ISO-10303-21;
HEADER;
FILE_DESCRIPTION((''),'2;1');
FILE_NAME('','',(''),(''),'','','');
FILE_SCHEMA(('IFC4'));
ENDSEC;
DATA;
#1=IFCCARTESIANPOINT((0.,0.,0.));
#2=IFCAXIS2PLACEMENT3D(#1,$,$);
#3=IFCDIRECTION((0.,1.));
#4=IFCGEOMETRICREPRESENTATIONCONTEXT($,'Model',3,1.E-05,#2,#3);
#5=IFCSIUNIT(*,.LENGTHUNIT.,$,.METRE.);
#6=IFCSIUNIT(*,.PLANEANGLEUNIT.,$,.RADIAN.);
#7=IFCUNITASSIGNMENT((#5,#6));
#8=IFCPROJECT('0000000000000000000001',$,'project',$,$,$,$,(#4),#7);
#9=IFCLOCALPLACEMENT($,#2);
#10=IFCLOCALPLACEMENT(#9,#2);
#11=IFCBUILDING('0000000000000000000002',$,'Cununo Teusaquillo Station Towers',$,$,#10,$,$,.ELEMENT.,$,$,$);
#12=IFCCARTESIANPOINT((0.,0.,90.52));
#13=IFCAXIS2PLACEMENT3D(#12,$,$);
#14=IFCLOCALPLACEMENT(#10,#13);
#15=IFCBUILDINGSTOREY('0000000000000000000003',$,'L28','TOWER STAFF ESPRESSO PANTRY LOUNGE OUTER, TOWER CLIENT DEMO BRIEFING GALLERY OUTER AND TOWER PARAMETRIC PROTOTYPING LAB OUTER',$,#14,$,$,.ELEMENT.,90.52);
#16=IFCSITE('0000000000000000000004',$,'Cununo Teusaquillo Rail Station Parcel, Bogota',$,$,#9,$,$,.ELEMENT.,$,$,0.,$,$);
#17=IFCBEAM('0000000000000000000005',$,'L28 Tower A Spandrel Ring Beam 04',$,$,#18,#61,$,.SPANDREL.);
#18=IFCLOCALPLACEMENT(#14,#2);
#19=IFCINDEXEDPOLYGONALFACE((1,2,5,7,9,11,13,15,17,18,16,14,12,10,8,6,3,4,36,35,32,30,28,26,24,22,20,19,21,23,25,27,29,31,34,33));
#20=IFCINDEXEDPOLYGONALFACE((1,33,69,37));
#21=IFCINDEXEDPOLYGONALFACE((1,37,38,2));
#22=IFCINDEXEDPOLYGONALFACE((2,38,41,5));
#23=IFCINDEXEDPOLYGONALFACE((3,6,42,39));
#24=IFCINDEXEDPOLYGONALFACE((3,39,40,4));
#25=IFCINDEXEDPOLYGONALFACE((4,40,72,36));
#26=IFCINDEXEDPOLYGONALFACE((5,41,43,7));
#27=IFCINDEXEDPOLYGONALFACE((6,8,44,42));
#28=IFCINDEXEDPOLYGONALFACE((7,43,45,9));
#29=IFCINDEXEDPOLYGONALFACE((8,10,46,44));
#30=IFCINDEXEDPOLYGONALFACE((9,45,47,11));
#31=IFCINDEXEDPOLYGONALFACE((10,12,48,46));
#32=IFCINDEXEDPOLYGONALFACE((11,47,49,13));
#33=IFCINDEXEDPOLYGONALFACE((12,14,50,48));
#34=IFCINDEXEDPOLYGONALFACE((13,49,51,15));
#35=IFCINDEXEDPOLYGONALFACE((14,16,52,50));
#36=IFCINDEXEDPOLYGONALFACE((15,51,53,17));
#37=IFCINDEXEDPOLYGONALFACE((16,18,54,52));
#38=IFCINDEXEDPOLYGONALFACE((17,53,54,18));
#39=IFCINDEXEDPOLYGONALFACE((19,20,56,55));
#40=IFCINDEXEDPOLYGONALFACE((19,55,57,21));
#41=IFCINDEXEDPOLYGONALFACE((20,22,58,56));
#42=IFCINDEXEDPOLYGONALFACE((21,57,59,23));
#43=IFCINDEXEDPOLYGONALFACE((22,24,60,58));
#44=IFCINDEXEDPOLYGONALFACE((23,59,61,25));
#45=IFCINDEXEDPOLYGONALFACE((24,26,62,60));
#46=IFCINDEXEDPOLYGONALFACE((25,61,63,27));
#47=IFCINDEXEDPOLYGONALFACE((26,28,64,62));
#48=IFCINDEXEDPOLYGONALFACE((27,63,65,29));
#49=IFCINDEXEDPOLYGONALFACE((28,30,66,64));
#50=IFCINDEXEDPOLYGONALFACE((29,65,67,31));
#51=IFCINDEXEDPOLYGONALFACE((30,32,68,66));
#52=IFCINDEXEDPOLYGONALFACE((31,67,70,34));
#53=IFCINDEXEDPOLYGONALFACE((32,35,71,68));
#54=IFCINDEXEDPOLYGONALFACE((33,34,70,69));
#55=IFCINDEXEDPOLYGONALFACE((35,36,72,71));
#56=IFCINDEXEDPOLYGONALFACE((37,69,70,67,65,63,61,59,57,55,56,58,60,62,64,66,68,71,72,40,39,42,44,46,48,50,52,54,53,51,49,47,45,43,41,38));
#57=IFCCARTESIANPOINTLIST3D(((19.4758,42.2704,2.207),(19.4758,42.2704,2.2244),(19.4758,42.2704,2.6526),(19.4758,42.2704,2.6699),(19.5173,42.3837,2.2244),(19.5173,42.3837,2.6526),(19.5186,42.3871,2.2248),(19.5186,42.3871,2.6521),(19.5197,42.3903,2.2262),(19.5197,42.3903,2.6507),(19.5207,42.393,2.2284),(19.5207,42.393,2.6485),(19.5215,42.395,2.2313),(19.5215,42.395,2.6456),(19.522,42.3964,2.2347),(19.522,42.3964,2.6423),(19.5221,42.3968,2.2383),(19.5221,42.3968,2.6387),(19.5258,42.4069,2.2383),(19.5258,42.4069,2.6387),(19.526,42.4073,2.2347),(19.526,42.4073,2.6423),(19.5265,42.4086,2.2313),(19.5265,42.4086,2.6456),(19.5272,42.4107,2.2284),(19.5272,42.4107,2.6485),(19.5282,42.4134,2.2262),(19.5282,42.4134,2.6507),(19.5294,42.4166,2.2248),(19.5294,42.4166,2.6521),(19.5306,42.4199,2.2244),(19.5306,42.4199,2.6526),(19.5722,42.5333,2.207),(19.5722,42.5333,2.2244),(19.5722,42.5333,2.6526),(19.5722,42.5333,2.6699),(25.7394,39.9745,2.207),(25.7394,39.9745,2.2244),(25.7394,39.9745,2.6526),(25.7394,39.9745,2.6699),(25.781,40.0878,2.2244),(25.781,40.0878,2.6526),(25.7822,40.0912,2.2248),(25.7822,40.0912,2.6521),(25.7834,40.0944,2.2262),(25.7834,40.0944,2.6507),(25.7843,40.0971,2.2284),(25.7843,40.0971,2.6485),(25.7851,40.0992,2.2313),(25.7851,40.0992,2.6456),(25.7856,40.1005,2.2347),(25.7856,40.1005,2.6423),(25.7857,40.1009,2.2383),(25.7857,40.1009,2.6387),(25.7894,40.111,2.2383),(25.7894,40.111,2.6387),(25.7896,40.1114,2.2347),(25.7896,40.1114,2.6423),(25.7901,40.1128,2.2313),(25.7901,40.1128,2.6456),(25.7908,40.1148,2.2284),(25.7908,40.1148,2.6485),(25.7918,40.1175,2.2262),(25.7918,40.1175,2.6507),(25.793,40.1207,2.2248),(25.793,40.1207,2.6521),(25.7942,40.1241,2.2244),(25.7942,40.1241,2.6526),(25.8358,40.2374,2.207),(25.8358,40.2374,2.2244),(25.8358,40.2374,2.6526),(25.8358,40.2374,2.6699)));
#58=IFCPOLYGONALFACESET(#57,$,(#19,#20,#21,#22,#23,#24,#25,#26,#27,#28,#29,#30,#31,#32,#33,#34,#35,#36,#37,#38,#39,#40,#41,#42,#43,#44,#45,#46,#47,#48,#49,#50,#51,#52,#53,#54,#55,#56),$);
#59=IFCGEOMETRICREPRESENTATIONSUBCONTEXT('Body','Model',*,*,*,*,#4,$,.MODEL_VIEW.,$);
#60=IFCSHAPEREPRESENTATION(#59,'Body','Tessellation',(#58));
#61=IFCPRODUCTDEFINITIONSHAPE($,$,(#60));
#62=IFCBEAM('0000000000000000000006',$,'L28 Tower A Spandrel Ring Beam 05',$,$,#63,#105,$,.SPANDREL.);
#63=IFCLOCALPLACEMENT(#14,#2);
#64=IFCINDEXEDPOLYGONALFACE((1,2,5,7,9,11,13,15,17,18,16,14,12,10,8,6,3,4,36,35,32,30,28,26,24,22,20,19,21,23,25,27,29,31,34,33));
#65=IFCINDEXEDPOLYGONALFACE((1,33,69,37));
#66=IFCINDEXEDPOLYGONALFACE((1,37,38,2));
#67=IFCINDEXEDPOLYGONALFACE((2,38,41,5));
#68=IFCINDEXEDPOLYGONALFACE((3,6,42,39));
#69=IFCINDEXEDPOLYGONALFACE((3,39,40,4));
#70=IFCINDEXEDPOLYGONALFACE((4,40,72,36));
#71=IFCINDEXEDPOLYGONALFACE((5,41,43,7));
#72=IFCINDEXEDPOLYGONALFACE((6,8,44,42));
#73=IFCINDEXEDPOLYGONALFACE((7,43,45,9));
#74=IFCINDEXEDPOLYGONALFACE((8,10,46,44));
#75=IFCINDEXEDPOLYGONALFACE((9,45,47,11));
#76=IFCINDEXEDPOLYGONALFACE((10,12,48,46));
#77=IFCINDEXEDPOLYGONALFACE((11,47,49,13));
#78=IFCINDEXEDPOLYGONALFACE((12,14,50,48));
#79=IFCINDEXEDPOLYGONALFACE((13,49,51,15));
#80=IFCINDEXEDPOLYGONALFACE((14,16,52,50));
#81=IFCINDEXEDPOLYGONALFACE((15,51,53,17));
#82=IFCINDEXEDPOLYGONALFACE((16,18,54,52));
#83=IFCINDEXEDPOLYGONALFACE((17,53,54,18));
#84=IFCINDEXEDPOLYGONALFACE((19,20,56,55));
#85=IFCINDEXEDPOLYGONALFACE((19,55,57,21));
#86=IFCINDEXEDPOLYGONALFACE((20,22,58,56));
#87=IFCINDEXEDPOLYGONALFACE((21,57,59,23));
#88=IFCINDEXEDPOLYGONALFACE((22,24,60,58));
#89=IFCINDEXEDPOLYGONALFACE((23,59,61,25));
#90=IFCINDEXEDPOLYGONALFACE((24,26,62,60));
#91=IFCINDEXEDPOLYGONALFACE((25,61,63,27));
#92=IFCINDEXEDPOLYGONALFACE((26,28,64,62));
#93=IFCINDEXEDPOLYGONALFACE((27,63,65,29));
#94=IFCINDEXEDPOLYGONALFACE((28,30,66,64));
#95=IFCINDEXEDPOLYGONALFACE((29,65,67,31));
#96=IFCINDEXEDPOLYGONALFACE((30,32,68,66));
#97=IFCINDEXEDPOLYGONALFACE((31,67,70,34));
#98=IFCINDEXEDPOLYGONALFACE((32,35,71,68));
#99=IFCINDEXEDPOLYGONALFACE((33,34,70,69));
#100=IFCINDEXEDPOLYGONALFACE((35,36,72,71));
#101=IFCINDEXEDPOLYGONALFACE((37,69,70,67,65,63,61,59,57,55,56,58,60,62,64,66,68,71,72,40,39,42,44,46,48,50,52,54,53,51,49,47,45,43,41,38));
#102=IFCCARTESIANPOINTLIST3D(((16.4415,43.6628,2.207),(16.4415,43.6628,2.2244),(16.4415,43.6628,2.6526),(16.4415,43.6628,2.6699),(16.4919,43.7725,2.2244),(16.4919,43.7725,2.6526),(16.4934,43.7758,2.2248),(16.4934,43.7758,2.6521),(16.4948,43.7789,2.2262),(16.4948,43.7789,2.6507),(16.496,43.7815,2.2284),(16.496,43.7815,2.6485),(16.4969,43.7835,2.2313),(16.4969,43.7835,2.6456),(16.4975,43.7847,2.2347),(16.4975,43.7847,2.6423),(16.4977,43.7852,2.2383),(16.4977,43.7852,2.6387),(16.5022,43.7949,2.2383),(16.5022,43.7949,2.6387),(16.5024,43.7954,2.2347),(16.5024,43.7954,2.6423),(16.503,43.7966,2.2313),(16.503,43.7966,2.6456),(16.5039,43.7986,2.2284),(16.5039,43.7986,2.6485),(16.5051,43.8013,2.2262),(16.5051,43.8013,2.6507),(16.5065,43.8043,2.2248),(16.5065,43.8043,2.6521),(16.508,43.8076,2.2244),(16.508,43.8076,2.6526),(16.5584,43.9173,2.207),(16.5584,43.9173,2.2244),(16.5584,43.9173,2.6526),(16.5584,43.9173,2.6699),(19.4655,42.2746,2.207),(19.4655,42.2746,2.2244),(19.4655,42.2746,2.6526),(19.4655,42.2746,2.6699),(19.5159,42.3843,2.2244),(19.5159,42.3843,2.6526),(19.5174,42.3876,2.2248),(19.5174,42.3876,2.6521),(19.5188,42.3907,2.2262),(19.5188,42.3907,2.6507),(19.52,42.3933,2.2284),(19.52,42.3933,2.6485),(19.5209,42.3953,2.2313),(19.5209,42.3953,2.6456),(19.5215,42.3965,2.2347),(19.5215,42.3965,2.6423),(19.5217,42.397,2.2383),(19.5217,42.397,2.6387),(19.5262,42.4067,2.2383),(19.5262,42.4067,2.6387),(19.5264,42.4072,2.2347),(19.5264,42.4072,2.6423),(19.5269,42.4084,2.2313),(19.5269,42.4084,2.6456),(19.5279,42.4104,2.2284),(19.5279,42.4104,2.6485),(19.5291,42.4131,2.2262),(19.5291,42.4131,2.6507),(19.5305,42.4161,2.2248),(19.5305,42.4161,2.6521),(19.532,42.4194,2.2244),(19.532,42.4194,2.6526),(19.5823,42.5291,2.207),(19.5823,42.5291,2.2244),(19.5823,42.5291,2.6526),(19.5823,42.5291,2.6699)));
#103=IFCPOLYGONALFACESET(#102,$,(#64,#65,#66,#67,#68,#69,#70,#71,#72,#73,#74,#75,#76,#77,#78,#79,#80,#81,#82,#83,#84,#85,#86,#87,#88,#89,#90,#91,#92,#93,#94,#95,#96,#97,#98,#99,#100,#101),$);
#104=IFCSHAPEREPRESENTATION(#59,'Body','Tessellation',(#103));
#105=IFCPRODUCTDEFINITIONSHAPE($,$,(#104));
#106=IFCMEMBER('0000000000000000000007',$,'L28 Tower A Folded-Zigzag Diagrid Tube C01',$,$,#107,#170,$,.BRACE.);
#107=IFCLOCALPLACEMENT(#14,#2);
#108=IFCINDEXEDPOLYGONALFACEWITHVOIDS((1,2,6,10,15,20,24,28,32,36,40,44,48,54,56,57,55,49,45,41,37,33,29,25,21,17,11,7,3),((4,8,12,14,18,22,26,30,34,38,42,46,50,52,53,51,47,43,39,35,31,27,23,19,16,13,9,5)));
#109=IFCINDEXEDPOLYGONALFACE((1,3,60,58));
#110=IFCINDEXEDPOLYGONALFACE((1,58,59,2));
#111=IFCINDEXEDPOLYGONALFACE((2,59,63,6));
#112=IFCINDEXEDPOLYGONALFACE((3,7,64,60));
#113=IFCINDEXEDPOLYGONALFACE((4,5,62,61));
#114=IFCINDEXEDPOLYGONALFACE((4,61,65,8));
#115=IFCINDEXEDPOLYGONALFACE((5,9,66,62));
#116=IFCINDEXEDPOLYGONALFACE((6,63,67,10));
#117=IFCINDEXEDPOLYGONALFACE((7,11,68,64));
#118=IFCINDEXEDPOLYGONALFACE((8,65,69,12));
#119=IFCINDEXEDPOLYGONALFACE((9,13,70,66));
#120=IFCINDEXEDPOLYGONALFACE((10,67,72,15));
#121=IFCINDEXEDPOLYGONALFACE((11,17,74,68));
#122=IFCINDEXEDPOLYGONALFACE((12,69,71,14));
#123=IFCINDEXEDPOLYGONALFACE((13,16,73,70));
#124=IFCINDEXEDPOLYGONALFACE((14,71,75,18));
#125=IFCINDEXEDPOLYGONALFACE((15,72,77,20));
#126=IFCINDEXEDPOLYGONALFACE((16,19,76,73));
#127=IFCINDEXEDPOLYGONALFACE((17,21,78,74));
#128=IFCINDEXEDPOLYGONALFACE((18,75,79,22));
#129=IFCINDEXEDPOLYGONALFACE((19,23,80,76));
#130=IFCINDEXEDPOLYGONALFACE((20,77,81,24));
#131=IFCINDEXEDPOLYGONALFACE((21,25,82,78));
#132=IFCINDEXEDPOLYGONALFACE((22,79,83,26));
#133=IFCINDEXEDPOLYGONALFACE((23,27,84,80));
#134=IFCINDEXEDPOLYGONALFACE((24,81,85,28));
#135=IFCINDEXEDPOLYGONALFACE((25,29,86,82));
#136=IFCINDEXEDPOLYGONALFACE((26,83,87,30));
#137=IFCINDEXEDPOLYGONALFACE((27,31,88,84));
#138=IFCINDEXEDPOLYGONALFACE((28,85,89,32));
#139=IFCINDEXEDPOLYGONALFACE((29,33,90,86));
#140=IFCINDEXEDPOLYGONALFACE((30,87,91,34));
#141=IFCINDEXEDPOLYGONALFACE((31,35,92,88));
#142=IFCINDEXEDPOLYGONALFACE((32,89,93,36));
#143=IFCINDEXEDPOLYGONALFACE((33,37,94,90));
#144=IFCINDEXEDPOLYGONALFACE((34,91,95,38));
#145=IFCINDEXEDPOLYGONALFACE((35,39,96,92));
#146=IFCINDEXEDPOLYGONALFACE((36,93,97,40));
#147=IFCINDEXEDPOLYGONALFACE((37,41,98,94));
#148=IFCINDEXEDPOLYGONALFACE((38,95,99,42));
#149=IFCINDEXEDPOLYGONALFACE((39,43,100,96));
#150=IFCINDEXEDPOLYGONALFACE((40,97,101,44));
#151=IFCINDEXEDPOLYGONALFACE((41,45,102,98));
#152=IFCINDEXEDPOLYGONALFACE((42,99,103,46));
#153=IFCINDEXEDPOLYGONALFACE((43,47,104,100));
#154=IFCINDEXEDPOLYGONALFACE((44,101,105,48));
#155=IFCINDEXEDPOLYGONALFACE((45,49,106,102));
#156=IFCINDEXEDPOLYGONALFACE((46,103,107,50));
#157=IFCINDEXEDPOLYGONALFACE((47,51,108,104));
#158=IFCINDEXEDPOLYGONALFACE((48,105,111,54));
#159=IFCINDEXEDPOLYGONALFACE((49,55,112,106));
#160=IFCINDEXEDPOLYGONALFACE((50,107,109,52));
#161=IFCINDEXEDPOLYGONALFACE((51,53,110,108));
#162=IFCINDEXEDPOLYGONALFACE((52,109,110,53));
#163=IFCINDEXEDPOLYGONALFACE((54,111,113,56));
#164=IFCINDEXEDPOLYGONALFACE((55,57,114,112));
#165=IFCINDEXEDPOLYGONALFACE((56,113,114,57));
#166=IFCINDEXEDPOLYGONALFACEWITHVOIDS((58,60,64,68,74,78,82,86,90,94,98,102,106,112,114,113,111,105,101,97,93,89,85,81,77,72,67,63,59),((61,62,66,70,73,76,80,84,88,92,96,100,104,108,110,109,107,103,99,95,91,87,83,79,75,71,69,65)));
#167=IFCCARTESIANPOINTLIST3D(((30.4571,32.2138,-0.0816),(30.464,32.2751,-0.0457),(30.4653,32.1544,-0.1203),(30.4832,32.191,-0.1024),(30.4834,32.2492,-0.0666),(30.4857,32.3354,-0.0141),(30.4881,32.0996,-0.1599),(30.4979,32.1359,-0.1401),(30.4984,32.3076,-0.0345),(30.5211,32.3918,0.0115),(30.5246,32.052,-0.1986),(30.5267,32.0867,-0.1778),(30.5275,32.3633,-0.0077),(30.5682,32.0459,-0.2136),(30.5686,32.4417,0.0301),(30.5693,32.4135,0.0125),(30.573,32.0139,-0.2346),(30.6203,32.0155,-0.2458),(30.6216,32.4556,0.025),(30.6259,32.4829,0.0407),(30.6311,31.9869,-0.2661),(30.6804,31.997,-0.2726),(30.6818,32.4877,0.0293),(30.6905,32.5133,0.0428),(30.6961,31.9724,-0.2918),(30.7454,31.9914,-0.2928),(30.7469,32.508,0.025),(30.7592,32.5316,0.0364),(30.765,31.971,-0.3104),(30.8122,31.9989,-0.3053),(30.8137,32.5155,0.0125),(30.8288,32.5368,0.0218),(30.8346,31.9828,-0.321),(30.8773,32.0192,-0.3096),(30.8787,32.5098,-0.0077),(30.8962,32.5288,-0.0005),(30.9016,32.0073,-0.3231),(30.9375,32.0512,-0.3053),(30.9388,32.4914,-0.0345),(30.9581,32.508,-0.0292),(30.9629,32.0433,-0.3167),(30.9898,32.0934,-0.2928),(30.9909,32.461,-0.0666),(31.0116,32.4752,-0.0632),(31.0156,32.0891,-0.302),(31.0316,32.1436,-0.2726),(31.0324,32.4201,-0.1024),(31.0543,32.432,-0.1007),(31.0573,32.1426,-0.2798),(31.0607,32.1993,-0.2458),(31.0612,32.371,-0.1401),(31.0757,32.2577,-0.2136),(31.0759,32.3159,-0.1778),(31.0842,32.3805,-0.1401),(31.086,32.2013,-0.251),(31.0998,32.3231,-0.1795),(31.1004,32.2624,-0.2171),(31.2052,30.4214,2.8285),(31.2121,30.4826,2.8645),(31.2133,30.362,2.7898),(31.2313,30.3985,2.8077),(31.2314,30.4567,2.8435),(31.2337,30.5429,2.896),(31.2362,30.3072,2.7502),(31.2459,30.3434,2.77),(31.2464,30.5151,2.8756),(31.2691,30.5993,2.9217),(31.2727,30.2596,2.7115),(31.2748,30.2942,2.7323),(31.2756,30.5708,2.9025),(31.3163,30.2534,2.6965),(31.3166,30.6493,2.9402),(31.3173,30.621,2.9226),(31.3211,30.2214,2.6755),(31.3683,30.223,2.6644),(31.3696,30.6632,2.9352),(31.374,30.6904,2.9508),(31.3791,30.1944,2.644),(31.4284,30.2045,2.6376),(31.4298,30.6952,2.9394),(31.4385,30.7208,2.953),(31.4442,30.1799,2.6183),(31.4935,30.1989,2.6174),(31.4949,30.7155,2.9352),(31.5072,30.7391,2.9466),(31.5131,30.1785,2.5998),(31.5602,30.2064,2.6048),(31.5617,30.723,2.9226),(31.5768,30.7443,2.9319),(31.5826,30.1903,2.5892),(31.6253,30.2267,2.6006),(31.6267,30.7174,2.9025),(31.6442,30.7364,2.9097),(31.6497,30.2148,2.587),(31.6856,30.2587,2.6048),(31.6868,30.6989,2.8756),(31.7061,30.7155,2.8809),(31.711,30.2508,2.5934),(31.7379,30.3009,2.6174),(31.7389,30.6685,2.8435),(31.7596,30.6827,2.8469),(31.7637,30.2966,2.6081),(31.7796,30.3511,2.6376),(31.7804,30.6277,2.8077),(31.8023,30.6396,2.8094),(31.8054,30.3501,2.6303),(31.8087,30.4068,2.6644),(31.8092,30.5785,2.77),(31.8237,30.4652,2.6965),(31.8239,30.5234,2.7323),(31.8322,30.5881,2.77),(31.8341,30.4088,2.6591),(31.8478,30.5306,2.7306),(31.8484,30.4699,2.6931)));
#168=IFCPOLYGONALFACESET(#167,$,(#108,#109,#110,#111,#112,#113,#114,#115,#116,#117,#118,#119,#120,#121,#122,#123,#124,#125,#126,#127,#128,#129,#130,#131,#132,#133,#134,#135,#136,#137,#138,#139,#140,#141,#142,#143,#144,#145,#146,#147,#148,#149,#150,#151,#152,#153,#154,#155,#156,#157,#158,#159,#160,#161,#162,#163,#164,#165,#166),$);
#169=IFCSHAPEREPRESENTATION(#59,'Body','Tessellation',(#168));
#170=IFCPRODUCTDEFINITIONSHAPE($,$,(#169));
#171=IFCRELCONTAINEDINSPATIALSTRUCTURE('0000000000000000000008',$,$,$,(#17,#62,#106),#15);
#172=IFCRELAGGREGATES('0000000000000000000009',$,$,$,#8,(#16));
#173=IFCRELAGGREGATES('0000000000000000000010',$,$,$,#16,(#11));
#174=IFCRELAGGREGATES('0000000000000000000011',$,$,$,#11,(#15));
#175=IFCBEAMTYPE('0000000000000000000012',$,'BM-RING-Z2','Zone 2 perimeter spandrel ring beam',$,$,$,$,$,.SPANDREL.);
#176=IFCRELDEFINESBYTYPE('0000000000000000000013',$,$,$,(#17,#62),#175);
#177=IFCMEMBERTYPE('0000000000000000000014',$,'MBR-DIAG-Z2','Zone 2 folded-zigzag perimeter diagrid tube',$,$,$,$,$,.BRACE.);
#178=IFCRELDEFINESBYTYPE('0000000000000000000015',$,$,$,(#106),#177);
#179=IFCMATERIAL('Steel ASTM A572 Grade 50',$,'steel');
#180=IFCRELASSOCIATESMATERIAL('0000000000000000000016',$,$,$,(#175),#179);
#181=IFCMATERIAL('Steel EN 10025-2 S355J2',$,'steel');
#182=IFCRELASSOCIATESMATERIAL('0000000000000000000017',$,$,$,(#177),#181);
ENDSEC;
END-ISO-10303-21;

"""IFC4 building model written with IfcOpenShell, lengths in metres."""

from ifc_helpers import new_model, si_unit, direction, frame, origin, origin_2d, place, context, subcontext, project, spatial, hollow_circle, i_section, extrude, material, material_profile, profile_set, type_object, element, save


model = new_model("IFC4")

# Units and contexts
model_context = context("Model", 3, precision=1e-05, world=origin(), true_north=direction((0.0, 1.0)))
body_context = subcontext(model_context, "Body", "Model", "MODEL_VIEW")
ifc_project = project(units=[si_unit("LENGTHUNIT", "METRE"), si_unit("PLANEANGLEUNIT", "RADIAN")], contexts=[model_context])

# Site, building, storey
site_placement = place(None, origin())
site = spatial("IfcSite", under=ifc_project, at=site_placement, Name="Cununo Teusaquillo Rail Station Parcel, Bogota", CompositionType="ELEMENT", RefElevation=0.0)
building_placement = place(site_placement, origin())
building = spatial("IfcBuilding", under=site, at=building_placement, Name="Cununo Teusaquillo Station Towers", CompositionType="ELEMENT")
storey_placement = place(building_placement, frame((0.0, 0.0, 90.52)))
storey = spatial("IfcBuildingStorey", under=building, at=storey_placement, Name="L28", Description="TOWER STAFF ESPRESSO PANTRY LOUNGE OUTER, TOWER CLIENT DEMO BRIEFING GALLERY OUTER AND TOWER PARAMETRIC PROTOTYPING LAB OUTER", CompositionType="ELEMENT", Elevation=90.52)

# Beams
ifc_material_1 = material(Name="Steel ASTM A572 Grade 50", Category="steel")
ifc_material_profile_1 = material_profile(ifc_material_1, i_section(OverallWidth=0.28, OverallDepth=0.4629, WebThickness=0.0107, FlangeThickness=0.0173, FilletRadius=0.0139, at=origin_2d()), Name="W18X76")
ifc_profile_set_1 = profile_set([ifc_material_profile_1], Name="Steel ASTM A572 Grade 50")
beam_type_1 = type_object("IfcBeamType", Name="BM-RING-Z2", Description="Zone 2 perimeter spandrel ring beam", PredefinedType="SPANDREL", material=ifc_profile_set_1)
beam_1_placement = place(storey_placement, frame((25.7876, 40.106, 2.4385), z_axis=(-0.938914, 0.344151, 0.0), x_axis=(-0.344151, -0.938914, 0.0)))
element("IfcBeam", 1, at=beam_1_placement, inside=storey, type_object=beam_type_1, Name="L28 Tower A Spandrel Ring Beam 04", PredefinedType="SPANDREL", context=body_context, shape_type="SweptSolid", body=[
    extrude(i_section(OverallWidth=0.28, OverallDepth=0.4629, WebThickness=0.0107, FlangeThickness=0.0173, FilletRadius=0.0139, at=origin_2d()), origin(), (0.0, 0.0, 1.0), 6.6711),
])
beam_2_placement = place(storey_placement, frame((19.5239, 42.4019, 2.4385), z_axis=(-0.908812, 0.417205, 0.0), x_axis=(-0.417205, -0.908812, 0.0)))
element("IfcBeam", 2, at=beam_2_placement, inside=storey, type_object=beam_type_1, Name="L28 Tower A Spandrel Ring Beam 05", PredefinedType="SPANDREL", context=body_context, shape_type="SweptSolid", body=[
    extrude(i_section(OverallWidth=0.28, OverallDepth=0.4629, WebThickness=0.0107, FlangeThickness=0.0173, FilletRadius=0.0139, at=origin_2d()), origin(), (0.0, 0.0, 1.0), 3.3274),
])

# Member
ifc_material_2 = material(Name="Steel EN 10025-2 S355J2", Category="steel")
ifc_material_profile_2 = material_profile(ifc_material_2, hollow_circle(Radius=0.3301, WallThickness=0.0249, at=origin_2d()), Name="CHS 660x25")
ifc_profile_set_2 = profile_set([ifc_material_profile_2], Name="Steel EN 10025-2 S355J2")
member_type = type_object("IfcMemberType", Name="MBR-DIAG-Z2", Description="Zone 2 folded-zigzag perimeter diagrid tube", PredefinedType="BRACE", material=ifc_profile_set_2)
member_1_placement = place(storey_placement, frame((30.7795, 32.2534, -0.1401), z_axis=(0.213801, -0.512314, 0.831759), x_axis=(0.922861, 0.385133, 0.0)))
element("IfcMember", 3, at=member_1_placement, inside=storey, type_object=member_type, Name="L28 Tower A Folded-Zigzag Diagrid Tube C01", PredefinedType="BRACE", context=body_context, shape_type="SweptSolid", body=[
    extrude(hollow_circle(Radius=0.3301, WallThickness=0.0249, at=origin_2d()), origin(), (0.0, 0.0, 1.0), 3.4988),
])

save(model, "model.ifc")
